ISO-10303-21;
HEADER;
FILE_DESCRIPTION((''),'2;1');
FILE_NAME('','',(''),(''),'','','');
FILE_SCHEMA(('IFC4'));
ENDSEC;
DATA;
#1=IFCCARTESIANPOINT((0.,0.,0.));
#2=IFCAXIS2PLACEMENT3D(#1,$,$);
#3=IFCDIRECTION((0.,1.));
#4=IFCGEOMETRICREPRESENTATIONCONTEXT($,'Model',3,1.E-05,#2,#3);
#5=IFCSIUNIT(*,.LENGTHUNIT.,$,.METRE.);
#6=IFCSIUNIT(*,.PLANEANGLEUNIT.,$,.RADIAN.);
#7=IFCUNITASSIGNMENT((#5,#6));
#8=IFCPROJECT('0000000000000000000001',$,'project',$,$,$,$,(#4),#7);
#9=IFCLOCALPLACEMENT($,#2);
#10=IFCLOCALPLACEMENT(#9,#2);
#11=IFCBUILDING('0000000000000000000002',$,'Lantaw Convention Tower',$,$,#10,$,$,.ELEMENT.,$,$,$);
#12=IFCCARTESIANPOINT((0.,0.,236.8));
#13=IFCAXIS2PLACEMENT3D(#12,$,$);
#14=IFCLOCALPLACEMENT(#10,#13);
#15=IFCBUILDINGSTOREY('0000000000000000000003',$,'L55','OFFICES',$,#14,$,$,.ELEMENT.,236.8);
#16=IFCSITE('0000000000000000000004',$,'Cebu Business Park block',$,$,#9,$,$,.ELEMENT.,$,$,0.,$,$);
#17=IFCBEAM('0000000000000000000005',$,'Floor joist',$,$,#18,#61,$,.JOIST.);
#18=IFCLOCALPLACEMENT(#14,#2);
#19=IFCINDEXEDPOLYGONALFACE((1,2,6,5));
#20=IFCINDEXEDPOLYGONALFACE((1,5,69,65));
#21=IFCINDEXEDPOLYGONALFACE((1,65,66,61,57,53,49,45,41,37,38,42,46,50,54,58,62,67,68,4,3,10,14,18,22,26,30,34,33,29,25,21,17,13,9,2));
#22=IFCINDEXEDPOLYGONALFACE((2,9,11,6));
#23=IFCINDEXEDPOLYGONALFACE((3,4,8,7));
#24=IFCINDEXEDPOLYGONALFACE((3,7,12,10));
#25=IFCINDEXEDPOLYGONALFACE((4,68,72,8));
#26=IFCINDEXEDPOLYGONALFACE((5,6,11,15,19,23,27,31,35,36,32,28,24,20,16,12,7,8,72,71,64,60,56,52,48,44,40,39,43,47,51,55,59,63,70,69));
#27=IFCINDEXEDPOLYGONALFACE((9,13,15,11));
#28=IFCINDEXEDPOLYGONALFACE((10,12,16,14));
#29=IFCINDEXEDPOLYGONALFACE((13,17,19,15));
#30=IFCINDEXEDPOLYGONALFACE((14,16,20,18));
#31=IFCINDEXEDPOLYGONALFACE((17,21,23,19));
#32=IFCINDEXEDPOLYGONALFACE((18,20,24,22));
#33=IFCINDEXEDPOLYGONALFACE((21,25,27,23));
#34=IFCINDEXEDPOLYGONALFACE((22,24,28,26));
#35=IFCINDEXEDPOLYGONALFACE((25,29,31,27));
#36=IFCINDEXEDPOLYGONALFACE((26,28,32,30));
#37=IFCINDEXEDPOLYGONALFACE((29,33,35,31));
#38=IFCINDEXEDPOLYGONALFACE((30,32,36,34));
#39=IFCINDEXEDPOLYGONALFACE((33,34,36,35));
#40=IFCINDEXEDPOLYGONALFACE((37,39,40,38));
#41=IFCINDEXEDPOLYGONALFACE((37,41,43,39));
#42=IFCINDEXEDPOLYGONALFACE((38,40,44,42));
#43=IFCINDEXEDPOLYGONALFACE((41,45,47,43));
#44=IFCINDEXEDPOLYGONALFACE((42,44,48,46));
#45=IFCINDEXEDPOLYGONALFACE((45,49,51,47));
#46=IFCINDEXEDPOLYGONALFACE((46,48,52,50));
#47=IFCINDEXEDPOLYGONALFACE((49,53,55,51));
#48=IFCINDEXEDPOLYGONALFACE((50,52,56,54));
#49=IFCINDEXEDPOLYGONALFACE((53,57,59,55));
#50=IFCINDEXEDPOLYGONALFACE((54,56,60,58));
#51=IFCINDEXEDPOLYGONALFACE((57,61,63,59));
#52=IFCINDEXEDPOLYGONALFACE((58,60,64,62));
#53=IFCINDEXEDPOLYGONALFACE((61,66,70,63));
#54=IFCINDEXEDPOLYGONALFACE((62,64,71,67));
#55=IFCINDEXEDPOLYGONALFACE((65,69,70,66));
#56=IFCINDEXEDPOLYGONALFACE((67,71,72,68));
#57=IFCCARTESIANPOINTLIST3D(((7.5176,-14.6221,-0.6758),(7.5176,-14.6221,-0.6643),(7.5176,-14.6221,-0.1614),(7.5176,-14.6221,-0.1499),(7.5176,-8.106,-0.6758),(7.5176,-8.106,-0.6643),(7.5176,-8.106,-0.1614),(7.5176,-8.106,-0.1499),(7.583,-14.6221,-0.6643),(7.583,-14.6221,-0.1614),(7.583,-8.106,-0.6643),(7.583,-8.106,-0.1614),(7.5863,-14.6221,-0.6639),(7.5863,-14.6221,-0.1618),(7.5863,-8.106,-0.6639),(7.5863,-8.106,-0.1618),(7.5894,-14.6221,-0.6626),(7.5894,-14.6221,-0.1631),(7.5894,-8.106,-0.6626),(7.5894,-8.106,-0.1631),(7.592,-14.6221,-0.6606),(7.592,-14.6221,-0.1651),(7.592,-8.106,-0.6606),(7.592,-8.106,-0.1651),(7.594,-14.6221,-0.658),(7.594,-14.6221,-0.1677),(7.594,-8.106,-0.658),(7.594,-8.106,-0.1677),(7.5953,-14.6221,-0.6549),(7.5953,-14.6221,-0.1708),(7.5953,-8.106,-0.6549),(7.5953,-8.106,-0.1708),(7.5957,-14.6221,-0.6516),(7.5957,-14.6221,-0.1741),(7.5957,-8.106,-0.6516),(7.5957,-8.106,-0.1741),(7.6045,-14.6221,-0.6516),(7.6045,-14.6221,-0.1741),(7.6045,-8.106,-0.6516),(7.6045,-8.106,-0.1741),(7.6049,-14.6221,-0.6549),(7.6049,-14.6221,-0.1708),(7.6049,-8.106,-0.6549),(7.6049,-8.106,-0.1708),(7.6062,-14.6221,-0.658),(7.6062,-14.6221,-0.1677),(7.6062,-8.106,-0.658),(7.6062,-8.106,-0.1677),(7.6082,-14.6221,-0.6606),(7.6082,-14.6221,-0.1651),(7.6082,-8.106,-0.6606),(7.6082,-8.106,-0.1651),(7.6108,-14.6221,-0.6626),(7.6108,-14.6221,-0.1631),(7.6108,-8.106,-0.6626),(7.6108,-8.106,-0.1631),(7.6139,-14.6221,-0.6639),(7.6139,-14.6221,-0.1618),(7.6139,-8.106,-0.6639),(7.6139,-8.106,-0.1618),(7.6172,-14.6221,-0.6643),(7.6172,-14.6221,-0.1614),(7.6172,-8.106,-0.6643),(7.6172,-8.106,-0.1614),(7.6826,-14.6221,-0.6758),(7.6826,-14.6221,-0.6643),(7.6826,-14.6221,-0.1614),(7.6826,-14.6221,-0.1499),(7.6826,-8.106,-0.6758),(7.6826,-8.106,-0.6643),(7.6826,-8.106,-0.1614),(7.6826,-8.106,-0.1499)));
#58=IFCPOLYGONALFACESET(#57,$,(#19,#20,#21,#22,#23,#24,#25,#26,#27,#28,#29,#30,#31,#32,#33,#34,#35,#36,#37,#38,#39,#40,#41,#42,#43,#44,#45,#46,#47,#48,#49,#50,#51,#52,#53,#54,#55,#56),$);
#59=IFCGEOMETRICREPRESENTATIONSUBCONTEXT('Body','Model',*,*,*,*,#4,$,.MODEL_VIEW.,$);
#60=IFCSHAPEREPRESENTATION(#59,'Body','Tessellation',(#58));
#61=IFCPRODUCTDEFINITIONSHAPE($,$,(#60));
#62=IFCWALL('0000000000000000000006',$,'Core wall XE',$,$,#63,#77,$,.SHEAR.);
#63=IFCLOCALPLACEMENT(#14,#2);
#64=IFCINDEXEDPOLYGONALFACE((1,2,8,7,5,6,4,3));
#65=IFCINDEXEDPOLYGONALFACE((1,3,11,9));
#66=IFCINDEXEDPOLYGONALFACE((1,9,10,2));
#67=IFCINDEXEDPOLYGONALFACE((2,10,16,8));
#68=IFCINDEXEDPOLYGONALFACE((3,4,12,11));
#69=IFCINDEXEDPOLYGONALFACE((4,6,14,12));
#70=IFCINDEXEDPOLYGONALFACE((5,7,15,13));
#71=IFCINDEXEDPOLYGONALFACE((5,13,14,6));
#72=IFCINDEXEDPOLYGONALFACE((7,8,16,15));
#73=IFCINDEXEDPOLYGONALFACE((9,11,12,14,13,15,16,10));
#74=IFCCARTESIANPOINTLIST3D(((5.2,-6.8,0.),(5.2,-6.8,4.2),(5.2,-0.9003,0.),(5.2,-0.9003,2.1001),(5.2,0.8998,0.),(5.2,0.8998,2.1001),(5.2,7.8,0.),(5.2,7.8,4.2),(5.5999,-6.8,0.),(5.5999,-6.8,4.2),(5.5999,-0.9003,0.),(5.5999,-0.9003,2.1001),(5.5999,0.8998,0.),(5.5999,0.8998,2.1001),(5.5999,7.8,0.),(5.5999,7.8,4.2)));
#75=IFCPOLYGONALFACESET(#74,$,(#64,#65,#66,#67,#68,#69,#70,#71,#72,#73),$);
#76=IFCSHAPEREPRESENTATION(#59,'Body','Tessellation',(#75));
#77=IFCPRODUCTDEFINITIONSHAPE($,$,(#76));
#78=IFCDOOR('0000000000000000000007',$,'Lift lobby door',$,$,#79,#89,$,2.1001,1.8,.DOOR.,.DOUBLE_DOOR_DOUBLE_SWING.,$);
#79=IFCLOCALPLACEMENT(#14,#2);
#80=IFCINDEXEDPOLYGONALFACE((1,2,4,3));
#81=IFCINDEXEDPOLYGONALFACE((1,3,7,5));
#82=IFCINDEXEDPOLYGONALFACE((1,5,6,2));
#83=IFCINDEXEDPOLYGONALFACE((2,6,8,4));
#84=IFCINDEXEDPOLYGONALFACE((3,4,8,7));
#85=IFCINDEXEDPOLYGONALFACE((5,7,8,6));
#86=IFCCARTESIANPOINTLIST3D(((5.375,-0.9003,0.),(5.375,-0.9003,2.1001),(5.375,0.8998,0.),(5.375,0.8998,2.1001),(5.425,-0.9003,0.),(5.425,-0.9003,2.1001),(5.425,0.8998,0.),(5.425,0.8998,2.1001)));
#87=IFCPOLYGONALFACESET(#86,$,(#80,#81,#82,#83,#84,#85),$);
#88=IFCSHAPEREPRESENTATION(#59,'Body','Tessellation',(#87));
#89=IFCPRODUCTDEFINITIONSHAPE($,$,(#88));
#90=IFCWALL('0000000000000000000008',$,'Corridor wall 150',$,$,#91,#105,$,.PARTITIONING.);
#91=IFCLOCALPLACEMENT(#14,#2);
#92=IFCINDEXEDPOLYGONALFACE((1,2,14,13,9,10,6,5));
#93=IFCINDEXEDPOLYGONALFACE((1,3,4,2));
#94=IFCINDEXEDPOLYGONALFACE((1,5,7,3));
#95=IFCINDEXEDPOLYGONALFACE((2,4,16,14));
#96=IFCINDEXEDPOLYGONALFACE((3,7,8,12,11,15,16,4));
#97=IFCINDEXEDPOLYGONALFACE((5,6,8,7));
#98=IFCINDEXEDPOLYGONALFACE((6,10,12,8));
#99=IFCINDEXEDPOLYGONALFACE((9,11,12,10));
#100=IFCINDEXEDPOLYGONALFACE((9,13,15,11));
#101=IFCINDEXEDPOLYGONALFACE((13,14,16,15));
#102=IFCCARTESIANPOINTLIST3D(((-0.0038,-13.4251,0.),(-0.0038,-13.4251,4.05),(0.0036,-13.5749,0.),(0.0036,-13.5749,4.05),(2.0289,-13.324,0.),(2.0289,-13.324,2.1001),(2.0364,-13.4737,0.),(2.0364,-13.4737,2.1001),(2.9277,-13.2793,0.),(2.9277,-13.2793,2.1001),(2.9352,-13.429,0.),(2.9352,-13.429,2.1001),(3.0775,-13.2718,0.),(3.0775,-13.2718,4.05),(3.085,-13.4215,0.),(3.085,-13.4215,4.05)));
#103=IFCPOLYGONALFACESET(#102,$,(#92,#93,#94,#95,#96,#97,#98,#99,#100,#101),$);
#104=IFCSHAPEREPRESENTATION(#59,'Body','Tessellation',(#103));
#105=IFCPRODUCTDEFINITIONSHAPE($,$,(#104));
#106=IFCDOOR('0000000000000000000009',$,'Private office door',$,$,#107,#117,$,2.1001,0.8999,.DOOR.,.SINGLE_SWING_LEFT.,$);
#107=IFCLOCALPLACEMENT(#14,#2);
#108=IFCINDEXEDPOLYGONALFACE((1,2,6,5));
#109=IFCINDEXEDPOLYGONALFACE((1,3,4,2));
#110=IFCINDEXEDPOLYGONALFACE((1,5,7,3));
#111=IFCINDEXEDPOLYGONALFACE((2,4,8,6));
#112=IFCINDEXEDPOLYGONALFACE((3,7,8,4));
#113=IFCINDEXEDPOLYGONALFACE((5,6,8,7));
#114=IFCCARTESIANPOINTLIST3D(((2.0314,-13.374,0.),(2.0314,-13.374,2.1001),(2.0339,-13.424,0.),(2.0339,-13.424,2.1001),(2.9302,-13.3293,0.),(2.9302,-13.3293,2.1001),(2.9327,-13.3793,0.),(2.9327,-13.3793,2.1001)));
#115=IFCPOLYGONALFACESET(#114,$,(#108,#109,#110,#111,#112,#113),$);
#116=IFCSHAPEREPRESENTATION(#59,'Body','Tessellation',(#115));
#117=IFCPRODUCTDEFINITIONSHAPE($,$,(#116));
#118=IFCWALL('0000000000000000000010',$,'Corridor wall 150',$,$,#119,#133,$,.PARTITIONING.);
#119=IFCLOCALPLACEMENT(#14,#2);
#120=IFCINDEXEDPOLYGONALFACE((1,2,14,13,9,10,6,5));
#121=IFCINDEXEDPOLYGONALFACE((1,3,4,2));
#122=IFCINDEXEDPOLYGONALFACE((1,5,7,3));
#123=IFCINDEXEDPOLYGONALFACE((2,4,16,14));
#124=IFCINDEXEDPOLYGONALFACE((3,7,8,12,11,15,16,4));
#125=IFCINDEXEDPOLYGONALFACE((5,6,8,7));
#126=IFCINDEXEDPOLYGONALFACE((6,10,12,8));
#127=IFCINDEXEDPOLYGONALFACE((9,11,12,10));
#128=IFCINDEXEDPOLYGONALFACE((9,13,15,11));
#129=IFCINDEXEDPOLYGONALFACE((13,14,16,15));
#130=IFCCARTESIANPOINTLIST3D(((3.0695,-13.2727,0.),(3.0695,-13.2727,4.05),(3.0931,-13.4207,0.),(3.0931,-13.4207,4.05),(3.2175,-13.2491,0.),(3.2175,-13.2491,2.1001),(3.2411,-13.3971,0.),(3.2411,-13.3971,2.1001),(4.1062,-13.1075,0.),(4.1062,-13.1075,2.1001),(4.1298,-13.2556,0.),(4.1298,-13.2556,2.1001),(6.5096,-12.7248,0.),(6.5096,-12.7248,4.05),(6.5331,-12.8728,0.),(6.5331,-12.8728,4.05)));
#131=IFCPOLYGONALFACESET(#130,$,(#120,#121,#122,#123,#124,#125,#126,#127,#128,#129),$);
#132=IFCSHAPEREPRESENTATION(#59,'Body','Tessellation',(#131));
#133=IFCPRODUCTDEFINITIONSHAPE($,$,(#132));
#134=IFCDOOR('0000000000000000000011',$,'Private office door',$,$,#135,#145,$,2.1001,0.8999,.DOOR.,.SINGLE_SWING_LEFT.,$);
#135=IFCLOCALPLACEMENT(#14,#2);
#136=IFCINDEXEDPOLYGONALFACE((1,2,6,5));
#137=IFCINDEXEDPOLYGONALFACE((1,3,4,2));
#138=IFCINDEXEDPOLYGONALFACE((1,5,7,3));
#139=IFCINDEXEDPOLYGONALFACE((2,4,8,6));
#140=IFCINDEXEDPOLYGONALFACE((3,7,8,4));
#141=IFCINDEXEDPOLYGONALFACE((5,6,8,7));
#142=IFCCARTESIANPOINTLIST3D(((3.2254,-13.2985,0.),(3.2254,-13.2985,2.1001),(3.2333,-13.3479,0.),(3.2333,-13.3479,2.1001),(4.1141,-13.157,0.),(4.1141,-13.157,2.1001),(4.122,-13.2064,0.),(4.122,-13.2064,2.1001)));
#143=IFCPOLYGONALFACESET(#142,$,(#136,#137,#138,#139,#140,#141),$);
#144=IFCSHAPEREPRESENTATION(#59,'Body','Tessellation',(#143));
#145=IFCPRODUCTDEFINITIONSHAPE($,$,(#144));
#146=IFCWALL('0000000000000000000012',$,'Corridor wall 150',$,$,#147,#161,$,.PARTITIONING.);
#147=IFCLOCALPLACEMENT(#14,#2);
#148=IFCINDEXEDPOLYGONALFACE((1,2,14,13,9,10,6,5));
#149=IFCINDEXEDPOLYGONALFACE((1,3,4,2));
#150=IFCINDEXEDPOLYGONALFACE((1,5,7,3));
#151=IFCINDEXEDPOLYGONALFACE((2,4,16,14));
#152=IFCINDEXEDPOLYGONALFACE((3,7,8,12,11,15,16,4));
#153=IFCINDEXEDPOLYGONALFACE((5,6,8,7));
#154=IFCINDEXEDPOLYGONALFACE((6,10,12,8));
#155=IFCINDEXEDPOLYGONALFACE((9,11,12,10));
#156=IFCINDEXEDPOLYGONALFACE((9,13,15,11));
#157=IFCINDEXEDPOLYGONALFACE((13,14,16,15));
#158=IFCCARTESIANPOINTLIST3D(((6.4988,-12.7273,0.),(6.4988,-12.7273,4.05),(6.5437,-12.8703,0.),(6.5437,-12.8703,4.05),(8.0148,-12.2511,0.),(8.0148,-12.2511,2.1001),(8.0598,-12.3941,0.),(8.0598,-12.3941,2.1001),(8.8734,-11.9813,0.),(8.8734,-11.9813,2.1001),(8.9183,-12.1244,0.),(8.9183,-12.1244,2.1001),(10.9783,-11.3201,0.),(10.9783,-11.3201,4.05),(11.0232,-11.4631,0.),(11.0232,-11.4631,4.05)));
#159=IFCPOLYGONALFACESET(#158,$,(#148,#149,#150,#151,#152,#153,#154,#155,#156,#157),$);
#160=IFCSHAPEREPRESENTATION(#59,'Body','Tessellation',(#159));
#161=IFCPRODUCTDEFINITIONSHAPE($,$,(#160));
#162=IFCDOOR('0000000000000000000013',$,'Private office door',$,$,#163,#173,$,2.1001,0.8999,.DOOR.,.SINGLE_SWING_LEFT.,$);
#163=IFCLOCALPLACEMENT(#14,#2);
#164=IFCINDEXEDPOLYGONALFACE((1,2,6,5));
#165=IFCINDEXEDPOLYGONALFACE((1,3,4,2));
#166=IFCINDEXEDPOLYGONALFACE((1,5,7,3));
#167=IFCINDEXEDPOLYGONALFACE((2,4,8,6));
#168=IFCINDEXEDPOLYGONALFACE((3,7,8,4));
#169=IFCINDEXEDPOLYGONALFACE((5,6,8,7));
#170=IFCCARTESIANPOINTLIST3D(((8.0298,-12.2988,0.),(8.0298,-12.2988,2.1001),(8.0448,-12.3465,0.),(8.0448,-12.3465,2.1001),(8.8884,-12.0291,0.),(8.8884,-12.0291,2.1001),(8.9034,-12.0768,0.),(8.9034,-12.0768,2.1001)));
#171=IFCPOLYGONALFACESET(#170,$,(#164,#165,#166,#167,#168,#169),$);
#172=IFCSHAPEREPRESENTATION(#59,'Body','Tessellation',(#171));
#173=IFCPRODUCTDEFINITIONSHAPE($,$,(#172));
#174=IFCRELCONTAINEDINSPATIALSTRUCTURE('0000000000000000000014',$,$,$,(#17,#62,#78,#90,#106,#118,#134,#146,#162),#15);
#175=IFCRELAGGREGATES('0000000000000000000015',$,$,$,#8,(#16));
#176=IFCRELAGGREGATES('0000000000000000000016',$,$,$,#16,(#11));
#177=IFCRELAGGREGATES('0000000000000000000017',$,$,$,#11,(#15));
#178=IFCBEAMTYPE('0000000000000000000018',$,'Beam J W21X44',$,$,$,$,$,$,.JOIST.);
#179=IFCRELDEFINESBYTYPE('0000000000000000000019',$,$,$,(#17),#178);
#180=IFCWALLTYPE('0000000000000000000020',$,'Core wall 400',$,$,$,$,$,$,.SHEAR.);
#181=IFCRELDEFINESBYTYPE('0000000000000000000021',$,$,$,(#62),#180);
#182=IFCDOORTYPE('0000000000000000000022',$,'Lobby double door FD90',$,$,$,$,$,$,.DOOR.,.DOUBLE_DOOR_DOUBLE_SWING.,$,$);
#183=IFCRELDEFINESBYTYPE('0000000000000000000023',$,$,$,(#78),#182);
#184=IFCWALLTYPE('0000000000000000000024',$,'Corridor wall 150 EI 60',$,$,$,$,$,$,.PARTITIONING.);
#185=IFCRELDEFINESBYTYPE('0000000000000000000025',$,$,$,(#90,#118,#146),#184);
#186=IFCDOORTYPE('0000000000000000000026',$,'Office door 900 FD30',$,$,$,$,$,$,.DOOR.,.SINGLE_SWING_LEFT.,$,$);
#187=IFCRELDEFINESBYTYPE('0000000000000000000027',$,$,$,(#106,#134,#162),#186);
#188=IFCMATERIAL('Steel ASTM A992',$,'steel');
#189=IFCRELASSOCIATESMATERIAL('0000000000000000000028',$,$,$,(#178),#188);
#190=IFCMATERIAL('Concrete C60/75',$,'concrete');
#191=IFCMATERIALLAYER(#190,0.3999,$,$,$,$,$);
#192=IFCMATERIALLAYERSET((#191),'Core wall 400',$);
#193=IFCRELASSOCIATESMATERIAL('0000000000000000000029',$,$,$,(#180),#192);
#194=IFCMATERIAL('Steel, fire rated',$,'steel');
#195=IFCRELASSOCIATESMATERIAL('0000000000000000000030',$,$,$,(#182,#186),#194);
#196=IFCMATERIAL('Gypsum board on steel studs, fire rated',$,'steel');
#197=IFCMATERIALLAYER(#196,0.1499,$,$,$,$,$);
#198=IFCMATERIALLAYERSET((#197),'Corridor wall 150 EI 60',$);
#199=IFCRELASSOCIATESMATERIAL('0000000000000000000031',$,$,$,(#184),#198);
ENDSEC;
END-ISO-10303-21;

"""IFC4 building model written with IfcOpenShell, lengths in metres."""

from ifc_helpers import new_model, si_unit, direction, frame, frame_2d, origin, origin_2d, place, context, subcontext, project, spatial, rectangle, i_section, extrude, material, layer, layer_set, material_profile, profile_set, type_object, element, fill, save


model = new_model("IFC4")

# Units and contexts
model_context = context("Model", 3, precision=1e-05, world=origin(), true_north=direction((0.0, 1.0)))
body_context = subcontext(model_context, "Body", "Model", "MODEL_VIEW")
ifc_project = project(units=[si_unit("LENGTHUNIT", "METRE"), si_unit("PLANEANGLEUNIT", "RADIAN")], contexts=[model_context])

# Site, building, storey
site_placement = place(None, origin())
site = spatial("IfcSite", under=ifc_project, at=site_placement, Name="Cebu Business Park block", CompositionType="ELEMENT", RefElevation=0.0)
building_placement = place(site_placement, origin())
building = spatial("IfcBuilding", under=site, at=building_placement, Name="Lantaw Convention Tower", CompositionType="ELEMENT")
storey_placement = place(building_placement, frame((0.0, 0.0, 236.8)))
storey = spatial("IfcBuildingStorey", under=building, at=storey_placement, Name="L55", Description="OFFICES", CompositionType="ELEMENT", Elevation=236.8)

# Beam
ifc_material_1 = material(Name="Steel ASTM A992", Category="steel")
ifc_material_profile_1 = material_profile(ifc_material_1, i_section(OverallWidth=0.165, OverallDepth=0.5259, WebThickness=0.0088, FlangeThickness=0.0115, FilletRadius=0.0127, at=origin_2d()), Name="W21X44")
ifc_profile_set_1 = profile_set([ifc_material_profile_1], Name="Steel ASTM A992")
beam_type_1 = type_object("IfcBeamType", Name="Beam J W21X44", PredefinedType="JOIST", material=ifc_profile_set_1)
beam_1_placement = place(storey_placement, frame((7.6001, -14.6221, -0.4128), z_axis=(0.0, 1.0, 0.0), x_axis=(-1.0, 0.0, 0.0)))
element("IfcBeam", 1, at=beam_1_placement, inside=storey, type_object=beam_type_1, Name="Floor joist", PredefinedType="JOIST", context=body_context, shape_type="SweptSolid", body=[
    extrude(i_section(OverallWidth=0.165, OverallDepth=0.5259, WebThickness=0.0088, FlangeThickness=0.0115, FilletRadius=0.0127, at=origin_2d()), origin(), (0.0, 0.0, 1.0), 6.5161),
])

# Walls, openings, doors
ifc_material_2 = material(Name="Concrete C60/75", Category="concrete")
ifc_layer_1 = layer(ifc_material_2, 0.3999)
ifc_layer_set_1 = layer_set([ifc_layer_1], Name="Core wall 400")
wall_type_1 = type_object("IfcWallType", Name="Core wall 400", PredefinedType="SHEAR", material=ifc_layer_set_1)
wall_1_placement = place(storey_placement, frame((5.3999, -6.8, 0.0), z_axis=(0.0, 0.0, 1.0), x_axis=(0.0, 1.0, 0.0)))
wall_1 = element("IfcWall", 2, at=wall_1_placement, inside=storey, type_object=wall_type_1, Name="Core wall XE", PredefinedType="SHEAR", context=body_context, shape_type="SweptSolid", body=[
    extrude(rectangle(XDim=14.6001, YDim=0.3999, at=frame_2d((7.3, 0.0))), origin(), (0.0, 0.0, 1.0), 4.2),
])
opening_1_placement = place(wall_1_placement, frame((5.8999, 0.0, 0.0)))
opening_1 = element("IfcOpeningElement", 3, at=opening_1_placement, cuts=wall_1, PredefinedType="OPENING", context=body_context, shape_type="SweptSolid", body=[
    extrude(rectangle(XDim=1.8, YDim=2.1001, at=frame_2d((0.8999, 1.05))), frame((0.0, 0.21, 0.0), z_axis=(0.0, -1.0, 0.0), x_axis=(1.0, 0.0, 0.0)), (0.0, 0.0, 1.0), 0.4199),
])
ifc_material_3 = material(Name="Steel, fire rated", Category="steel")
door_type_1 = type_object("IfcDoorType", Name="Lobby double door FD90", OperationType="DOUBLE_DOOR_DOUBLE_SWING", PredefinedType="DOOR", material=ifc_material_3)
door_1_placement = place(opening_1_placement, origin())
door_1 = element("IfcDoor", 4, at=door_1_placement, inside=storey, type_object=door_type_1, Name="Lift lobby door", OperationType="DOUBLE_DOOR_DOUBLE_SWING", OverallHeight=2.1001, OverallWidth=1.8, PredefinedType="DOOR", context=body_context, shape_type="SweptSolid", body=[
    extrude(rectangle(XDim=1.8, YDim=2.1001, at=frame_2d((0.8999, 1.05))), frame((0.0, 0.0249, 0.0), z_axis=(0.0, -1.0, 0.0), x_axis=(1.0, 0.0, 0.0)), (0.0, 0.0, 1.0), 0.05),
])
fill(opening_1, door_1)
ifc_material_4 = material(Name="Gypsum board on steel studs, fire rated", Category="steel")
ifc_layer_2 = layer(ifc_material_4, 0.1499)
ifc_layer_set_2 = layer_set([ifc_layer_2], Name="Corridor wall 150 EI 60")
wall_type_2 = type_object("IfcWallType", Name="Corridor wall 150 EI 60", PredefinedType="PARTITIONING", material=ifc_layer_set_2)
wall_2_placement = place(storey_placement, frame((0.0, -13.5, 0.0), z_axis=(0.0, 0.0, 1.0), x_axis=(0.998764, 0.049697, 0.0)))
wall_2 = element("IfcWall", 5, at=wall_2_placement, inside=storey, type_object=wall_type_2, Name="Corridor wall 150", PredefinedType="PARTITIONING", context=body_context, shape_type="SweptSolid", body=[
    extrude(rectangle(XDim=3.0852, YDim=0.1499, at=frame_2d((1.5425, 0.0))), origin(), (0.0, 0.0, 1.0), 4.05),
])
opening_2_placement = place(wall_2_placement, frame((2.0352, 0.0, 0.0)))
opening_2 = element("IfcOpeningElement", 6, at=opening_2_placement, cuts=wall_2, PredefinedType="OPENING", context=body_context, shape_type="SweptSolid", body=[
    extrude(rectangle(XDim=0.8999, YDim=2.1001, at=frame_2d((0.45, 1.05))), frame((0.0, 0.085, 0.0), z_axis=(0.0, -1.0, 0.0), x_axis=(1.0, 0.0, 0.0)), (0.0, 0.0, 1.0), 0.1699),
])
door_type_2 = type_object("IfcDoorType", Name="Office door 900 FD30", OperationType="SINGLE_SWING_LEFT", PredefinedType="DOOR", material=ifc_material_3)
door_2_placement = place(opening_2_placement, origin())
door_2 = element("IfcDoor", 7, at=door_2_placement, inside=storey, type_object=door_type_2, Name="Private office door", OperationType="SINGLE_SWING_LEFT", OverallHeight=2.1001, OverallWidth=0.8999, PredefinedType="DOOR", context=body_context, shape_type="SweptSolid", body=[
    extrude(rectangle(XDim=0.8999, YDim=2.1001, at=frame_2d((0.45, 1.05))), frame((0.0, 0.0249, 0.0), z_axis=(0.0, -1.0, 0.0), x_axis=(1.0, 0.0, 0.0)), (0.0, 0.0, 1.0), 0.05),
])
fill(opening_2, door_2)
wall_3_placement = place(storey_placement, frame((3.0813, -13.3467, 0.0), z_axis=(0.0, 0.0, 1.0), x_axis=(0.987554, 0.15728, 0.0)))
wall_3 = element("IfcWall", 8, at=wall_3_placement, inside=storey, type_object=wall_type_2, Name="Corridor wall 150", PredefinedType="PARTITIONING", context=body_context, shape_type="SweptSolid", body=[
    extrude(rectangle(XDim=3.4834, YDim=0.1499, at=frame_2d((1.7417, 0.0))), origin(), (0.0, 0.0, 1.0), 4.05),
])
opening_3_placement = place(wall_3_placement, frame((0.1499, 0.0, 0.0)))
opening_3 = element("IfcOpeningElement", 9, at=opening_3_placement, cuts=wall_3, PredefinedType="OPENING", context=body_context, shape_type="SweptSolid", body=[
    extrude(rectangle(XDim=0.8999, YDim=2.1001, at=frame_2d((0.45, 1.05))), frame((0.0, 0.085, 0.0), z_axis=(0.0, -1.0, 0.0), x_axis=(1.0, 0.0, 0.0)), (0.0, 0.0, 1.0), 0.1699),
])
door_3_placement = place(opening_3_placement, origin())
door_3 = element("IfcDoor", 10, at=door_3_placement, inside=storey, type_object=door_type_2, Name="Private office door", OperationType="SINGLE_SWING_LEFT", OverallHeight=2.1001, OverallWidth=0.8999, PredefinedType="DOOR", context=body_context, shape_type="SweptSolid", body=[
    extrude(rectangle(XDim=0.8999, YDim=2.1001, at=frame_2d((0.45, 1.05))), frame((0.0, 0.0249, 0.0), z_axis=(0.0, -1.0, 0.0), x_axis=(1.0, 0.0, 0.0)), (0.0, 0.0, 1.0), 0.05),
])
fill(opening_3, door_3)
wall_4_placement = place(storey_placement, frame((6.5212, -12.7988, 0.0), z_axis=(0.0, 0.0, 1.0), x_axis=(0.954031, 0.299708, 0.0)))
wall_4 = element("IfcWall", 11, at=wall_4_placement, inside=storey, type_object=wall_type_2, Name="Corridor wall 150", PredefinedType="PARTITIONING", context=body_context, shape_type="SweptSolid", body=[
    extrude(rectangle(XDim=4.6953, YDim=0.1499, at=frame_2d((2.3477, 0.0))), origin(), (0.0, 0.0, 1.0), 4.05),
])
opening_4_placement = place(wall_4_placement, frame((1.5891, 0.0, 0.0)))
opening_4 = element("IfcOpeningElement", 12, at=opening_4_placement, cuts=wall_4, PredefinedType="OPENING", context=body_context, shape_type="SweptSolid", body=[
    extrude(rectangle(XDim=0.8999, YDim=2.1001, at=frame_2d((0.45, 1.05))), frame((0.0, 0.085, 0.0), z_axis=(0.0, -1.0, 0.0), x_axis=(1.0, 0.0, 0.0)), (0.0, 0.0, 1.0), 0.1699),
])
door_4_placement = place(opening_4_placement, origin())
door_4 = element("IfcDoor", 13, at=door_4_placement, inside=storey, type_object=door_type_2, Name="Private office door", OperationType="SINGLE_SWING_LEFT", OverallHeight=2.1001, OverallWidth=0.8999, PredefinedType="DOOR", context=body_context, shape_type="SweptSolid", body=[
    extrude(rectangle(XDim=0.8999, YDim=2.1001, at=frame_2d((0.45, 1.05))), frame((0.0, 0.0249, 0.0), z_axis=(0.0, -1.0, 0.0), x_axis=(1.0, 0.0, 0.0)), (0.0, 0.0, 1.0), 0.05),
])
fill(opening_4, door_4)

save(model, "model.ifc")
